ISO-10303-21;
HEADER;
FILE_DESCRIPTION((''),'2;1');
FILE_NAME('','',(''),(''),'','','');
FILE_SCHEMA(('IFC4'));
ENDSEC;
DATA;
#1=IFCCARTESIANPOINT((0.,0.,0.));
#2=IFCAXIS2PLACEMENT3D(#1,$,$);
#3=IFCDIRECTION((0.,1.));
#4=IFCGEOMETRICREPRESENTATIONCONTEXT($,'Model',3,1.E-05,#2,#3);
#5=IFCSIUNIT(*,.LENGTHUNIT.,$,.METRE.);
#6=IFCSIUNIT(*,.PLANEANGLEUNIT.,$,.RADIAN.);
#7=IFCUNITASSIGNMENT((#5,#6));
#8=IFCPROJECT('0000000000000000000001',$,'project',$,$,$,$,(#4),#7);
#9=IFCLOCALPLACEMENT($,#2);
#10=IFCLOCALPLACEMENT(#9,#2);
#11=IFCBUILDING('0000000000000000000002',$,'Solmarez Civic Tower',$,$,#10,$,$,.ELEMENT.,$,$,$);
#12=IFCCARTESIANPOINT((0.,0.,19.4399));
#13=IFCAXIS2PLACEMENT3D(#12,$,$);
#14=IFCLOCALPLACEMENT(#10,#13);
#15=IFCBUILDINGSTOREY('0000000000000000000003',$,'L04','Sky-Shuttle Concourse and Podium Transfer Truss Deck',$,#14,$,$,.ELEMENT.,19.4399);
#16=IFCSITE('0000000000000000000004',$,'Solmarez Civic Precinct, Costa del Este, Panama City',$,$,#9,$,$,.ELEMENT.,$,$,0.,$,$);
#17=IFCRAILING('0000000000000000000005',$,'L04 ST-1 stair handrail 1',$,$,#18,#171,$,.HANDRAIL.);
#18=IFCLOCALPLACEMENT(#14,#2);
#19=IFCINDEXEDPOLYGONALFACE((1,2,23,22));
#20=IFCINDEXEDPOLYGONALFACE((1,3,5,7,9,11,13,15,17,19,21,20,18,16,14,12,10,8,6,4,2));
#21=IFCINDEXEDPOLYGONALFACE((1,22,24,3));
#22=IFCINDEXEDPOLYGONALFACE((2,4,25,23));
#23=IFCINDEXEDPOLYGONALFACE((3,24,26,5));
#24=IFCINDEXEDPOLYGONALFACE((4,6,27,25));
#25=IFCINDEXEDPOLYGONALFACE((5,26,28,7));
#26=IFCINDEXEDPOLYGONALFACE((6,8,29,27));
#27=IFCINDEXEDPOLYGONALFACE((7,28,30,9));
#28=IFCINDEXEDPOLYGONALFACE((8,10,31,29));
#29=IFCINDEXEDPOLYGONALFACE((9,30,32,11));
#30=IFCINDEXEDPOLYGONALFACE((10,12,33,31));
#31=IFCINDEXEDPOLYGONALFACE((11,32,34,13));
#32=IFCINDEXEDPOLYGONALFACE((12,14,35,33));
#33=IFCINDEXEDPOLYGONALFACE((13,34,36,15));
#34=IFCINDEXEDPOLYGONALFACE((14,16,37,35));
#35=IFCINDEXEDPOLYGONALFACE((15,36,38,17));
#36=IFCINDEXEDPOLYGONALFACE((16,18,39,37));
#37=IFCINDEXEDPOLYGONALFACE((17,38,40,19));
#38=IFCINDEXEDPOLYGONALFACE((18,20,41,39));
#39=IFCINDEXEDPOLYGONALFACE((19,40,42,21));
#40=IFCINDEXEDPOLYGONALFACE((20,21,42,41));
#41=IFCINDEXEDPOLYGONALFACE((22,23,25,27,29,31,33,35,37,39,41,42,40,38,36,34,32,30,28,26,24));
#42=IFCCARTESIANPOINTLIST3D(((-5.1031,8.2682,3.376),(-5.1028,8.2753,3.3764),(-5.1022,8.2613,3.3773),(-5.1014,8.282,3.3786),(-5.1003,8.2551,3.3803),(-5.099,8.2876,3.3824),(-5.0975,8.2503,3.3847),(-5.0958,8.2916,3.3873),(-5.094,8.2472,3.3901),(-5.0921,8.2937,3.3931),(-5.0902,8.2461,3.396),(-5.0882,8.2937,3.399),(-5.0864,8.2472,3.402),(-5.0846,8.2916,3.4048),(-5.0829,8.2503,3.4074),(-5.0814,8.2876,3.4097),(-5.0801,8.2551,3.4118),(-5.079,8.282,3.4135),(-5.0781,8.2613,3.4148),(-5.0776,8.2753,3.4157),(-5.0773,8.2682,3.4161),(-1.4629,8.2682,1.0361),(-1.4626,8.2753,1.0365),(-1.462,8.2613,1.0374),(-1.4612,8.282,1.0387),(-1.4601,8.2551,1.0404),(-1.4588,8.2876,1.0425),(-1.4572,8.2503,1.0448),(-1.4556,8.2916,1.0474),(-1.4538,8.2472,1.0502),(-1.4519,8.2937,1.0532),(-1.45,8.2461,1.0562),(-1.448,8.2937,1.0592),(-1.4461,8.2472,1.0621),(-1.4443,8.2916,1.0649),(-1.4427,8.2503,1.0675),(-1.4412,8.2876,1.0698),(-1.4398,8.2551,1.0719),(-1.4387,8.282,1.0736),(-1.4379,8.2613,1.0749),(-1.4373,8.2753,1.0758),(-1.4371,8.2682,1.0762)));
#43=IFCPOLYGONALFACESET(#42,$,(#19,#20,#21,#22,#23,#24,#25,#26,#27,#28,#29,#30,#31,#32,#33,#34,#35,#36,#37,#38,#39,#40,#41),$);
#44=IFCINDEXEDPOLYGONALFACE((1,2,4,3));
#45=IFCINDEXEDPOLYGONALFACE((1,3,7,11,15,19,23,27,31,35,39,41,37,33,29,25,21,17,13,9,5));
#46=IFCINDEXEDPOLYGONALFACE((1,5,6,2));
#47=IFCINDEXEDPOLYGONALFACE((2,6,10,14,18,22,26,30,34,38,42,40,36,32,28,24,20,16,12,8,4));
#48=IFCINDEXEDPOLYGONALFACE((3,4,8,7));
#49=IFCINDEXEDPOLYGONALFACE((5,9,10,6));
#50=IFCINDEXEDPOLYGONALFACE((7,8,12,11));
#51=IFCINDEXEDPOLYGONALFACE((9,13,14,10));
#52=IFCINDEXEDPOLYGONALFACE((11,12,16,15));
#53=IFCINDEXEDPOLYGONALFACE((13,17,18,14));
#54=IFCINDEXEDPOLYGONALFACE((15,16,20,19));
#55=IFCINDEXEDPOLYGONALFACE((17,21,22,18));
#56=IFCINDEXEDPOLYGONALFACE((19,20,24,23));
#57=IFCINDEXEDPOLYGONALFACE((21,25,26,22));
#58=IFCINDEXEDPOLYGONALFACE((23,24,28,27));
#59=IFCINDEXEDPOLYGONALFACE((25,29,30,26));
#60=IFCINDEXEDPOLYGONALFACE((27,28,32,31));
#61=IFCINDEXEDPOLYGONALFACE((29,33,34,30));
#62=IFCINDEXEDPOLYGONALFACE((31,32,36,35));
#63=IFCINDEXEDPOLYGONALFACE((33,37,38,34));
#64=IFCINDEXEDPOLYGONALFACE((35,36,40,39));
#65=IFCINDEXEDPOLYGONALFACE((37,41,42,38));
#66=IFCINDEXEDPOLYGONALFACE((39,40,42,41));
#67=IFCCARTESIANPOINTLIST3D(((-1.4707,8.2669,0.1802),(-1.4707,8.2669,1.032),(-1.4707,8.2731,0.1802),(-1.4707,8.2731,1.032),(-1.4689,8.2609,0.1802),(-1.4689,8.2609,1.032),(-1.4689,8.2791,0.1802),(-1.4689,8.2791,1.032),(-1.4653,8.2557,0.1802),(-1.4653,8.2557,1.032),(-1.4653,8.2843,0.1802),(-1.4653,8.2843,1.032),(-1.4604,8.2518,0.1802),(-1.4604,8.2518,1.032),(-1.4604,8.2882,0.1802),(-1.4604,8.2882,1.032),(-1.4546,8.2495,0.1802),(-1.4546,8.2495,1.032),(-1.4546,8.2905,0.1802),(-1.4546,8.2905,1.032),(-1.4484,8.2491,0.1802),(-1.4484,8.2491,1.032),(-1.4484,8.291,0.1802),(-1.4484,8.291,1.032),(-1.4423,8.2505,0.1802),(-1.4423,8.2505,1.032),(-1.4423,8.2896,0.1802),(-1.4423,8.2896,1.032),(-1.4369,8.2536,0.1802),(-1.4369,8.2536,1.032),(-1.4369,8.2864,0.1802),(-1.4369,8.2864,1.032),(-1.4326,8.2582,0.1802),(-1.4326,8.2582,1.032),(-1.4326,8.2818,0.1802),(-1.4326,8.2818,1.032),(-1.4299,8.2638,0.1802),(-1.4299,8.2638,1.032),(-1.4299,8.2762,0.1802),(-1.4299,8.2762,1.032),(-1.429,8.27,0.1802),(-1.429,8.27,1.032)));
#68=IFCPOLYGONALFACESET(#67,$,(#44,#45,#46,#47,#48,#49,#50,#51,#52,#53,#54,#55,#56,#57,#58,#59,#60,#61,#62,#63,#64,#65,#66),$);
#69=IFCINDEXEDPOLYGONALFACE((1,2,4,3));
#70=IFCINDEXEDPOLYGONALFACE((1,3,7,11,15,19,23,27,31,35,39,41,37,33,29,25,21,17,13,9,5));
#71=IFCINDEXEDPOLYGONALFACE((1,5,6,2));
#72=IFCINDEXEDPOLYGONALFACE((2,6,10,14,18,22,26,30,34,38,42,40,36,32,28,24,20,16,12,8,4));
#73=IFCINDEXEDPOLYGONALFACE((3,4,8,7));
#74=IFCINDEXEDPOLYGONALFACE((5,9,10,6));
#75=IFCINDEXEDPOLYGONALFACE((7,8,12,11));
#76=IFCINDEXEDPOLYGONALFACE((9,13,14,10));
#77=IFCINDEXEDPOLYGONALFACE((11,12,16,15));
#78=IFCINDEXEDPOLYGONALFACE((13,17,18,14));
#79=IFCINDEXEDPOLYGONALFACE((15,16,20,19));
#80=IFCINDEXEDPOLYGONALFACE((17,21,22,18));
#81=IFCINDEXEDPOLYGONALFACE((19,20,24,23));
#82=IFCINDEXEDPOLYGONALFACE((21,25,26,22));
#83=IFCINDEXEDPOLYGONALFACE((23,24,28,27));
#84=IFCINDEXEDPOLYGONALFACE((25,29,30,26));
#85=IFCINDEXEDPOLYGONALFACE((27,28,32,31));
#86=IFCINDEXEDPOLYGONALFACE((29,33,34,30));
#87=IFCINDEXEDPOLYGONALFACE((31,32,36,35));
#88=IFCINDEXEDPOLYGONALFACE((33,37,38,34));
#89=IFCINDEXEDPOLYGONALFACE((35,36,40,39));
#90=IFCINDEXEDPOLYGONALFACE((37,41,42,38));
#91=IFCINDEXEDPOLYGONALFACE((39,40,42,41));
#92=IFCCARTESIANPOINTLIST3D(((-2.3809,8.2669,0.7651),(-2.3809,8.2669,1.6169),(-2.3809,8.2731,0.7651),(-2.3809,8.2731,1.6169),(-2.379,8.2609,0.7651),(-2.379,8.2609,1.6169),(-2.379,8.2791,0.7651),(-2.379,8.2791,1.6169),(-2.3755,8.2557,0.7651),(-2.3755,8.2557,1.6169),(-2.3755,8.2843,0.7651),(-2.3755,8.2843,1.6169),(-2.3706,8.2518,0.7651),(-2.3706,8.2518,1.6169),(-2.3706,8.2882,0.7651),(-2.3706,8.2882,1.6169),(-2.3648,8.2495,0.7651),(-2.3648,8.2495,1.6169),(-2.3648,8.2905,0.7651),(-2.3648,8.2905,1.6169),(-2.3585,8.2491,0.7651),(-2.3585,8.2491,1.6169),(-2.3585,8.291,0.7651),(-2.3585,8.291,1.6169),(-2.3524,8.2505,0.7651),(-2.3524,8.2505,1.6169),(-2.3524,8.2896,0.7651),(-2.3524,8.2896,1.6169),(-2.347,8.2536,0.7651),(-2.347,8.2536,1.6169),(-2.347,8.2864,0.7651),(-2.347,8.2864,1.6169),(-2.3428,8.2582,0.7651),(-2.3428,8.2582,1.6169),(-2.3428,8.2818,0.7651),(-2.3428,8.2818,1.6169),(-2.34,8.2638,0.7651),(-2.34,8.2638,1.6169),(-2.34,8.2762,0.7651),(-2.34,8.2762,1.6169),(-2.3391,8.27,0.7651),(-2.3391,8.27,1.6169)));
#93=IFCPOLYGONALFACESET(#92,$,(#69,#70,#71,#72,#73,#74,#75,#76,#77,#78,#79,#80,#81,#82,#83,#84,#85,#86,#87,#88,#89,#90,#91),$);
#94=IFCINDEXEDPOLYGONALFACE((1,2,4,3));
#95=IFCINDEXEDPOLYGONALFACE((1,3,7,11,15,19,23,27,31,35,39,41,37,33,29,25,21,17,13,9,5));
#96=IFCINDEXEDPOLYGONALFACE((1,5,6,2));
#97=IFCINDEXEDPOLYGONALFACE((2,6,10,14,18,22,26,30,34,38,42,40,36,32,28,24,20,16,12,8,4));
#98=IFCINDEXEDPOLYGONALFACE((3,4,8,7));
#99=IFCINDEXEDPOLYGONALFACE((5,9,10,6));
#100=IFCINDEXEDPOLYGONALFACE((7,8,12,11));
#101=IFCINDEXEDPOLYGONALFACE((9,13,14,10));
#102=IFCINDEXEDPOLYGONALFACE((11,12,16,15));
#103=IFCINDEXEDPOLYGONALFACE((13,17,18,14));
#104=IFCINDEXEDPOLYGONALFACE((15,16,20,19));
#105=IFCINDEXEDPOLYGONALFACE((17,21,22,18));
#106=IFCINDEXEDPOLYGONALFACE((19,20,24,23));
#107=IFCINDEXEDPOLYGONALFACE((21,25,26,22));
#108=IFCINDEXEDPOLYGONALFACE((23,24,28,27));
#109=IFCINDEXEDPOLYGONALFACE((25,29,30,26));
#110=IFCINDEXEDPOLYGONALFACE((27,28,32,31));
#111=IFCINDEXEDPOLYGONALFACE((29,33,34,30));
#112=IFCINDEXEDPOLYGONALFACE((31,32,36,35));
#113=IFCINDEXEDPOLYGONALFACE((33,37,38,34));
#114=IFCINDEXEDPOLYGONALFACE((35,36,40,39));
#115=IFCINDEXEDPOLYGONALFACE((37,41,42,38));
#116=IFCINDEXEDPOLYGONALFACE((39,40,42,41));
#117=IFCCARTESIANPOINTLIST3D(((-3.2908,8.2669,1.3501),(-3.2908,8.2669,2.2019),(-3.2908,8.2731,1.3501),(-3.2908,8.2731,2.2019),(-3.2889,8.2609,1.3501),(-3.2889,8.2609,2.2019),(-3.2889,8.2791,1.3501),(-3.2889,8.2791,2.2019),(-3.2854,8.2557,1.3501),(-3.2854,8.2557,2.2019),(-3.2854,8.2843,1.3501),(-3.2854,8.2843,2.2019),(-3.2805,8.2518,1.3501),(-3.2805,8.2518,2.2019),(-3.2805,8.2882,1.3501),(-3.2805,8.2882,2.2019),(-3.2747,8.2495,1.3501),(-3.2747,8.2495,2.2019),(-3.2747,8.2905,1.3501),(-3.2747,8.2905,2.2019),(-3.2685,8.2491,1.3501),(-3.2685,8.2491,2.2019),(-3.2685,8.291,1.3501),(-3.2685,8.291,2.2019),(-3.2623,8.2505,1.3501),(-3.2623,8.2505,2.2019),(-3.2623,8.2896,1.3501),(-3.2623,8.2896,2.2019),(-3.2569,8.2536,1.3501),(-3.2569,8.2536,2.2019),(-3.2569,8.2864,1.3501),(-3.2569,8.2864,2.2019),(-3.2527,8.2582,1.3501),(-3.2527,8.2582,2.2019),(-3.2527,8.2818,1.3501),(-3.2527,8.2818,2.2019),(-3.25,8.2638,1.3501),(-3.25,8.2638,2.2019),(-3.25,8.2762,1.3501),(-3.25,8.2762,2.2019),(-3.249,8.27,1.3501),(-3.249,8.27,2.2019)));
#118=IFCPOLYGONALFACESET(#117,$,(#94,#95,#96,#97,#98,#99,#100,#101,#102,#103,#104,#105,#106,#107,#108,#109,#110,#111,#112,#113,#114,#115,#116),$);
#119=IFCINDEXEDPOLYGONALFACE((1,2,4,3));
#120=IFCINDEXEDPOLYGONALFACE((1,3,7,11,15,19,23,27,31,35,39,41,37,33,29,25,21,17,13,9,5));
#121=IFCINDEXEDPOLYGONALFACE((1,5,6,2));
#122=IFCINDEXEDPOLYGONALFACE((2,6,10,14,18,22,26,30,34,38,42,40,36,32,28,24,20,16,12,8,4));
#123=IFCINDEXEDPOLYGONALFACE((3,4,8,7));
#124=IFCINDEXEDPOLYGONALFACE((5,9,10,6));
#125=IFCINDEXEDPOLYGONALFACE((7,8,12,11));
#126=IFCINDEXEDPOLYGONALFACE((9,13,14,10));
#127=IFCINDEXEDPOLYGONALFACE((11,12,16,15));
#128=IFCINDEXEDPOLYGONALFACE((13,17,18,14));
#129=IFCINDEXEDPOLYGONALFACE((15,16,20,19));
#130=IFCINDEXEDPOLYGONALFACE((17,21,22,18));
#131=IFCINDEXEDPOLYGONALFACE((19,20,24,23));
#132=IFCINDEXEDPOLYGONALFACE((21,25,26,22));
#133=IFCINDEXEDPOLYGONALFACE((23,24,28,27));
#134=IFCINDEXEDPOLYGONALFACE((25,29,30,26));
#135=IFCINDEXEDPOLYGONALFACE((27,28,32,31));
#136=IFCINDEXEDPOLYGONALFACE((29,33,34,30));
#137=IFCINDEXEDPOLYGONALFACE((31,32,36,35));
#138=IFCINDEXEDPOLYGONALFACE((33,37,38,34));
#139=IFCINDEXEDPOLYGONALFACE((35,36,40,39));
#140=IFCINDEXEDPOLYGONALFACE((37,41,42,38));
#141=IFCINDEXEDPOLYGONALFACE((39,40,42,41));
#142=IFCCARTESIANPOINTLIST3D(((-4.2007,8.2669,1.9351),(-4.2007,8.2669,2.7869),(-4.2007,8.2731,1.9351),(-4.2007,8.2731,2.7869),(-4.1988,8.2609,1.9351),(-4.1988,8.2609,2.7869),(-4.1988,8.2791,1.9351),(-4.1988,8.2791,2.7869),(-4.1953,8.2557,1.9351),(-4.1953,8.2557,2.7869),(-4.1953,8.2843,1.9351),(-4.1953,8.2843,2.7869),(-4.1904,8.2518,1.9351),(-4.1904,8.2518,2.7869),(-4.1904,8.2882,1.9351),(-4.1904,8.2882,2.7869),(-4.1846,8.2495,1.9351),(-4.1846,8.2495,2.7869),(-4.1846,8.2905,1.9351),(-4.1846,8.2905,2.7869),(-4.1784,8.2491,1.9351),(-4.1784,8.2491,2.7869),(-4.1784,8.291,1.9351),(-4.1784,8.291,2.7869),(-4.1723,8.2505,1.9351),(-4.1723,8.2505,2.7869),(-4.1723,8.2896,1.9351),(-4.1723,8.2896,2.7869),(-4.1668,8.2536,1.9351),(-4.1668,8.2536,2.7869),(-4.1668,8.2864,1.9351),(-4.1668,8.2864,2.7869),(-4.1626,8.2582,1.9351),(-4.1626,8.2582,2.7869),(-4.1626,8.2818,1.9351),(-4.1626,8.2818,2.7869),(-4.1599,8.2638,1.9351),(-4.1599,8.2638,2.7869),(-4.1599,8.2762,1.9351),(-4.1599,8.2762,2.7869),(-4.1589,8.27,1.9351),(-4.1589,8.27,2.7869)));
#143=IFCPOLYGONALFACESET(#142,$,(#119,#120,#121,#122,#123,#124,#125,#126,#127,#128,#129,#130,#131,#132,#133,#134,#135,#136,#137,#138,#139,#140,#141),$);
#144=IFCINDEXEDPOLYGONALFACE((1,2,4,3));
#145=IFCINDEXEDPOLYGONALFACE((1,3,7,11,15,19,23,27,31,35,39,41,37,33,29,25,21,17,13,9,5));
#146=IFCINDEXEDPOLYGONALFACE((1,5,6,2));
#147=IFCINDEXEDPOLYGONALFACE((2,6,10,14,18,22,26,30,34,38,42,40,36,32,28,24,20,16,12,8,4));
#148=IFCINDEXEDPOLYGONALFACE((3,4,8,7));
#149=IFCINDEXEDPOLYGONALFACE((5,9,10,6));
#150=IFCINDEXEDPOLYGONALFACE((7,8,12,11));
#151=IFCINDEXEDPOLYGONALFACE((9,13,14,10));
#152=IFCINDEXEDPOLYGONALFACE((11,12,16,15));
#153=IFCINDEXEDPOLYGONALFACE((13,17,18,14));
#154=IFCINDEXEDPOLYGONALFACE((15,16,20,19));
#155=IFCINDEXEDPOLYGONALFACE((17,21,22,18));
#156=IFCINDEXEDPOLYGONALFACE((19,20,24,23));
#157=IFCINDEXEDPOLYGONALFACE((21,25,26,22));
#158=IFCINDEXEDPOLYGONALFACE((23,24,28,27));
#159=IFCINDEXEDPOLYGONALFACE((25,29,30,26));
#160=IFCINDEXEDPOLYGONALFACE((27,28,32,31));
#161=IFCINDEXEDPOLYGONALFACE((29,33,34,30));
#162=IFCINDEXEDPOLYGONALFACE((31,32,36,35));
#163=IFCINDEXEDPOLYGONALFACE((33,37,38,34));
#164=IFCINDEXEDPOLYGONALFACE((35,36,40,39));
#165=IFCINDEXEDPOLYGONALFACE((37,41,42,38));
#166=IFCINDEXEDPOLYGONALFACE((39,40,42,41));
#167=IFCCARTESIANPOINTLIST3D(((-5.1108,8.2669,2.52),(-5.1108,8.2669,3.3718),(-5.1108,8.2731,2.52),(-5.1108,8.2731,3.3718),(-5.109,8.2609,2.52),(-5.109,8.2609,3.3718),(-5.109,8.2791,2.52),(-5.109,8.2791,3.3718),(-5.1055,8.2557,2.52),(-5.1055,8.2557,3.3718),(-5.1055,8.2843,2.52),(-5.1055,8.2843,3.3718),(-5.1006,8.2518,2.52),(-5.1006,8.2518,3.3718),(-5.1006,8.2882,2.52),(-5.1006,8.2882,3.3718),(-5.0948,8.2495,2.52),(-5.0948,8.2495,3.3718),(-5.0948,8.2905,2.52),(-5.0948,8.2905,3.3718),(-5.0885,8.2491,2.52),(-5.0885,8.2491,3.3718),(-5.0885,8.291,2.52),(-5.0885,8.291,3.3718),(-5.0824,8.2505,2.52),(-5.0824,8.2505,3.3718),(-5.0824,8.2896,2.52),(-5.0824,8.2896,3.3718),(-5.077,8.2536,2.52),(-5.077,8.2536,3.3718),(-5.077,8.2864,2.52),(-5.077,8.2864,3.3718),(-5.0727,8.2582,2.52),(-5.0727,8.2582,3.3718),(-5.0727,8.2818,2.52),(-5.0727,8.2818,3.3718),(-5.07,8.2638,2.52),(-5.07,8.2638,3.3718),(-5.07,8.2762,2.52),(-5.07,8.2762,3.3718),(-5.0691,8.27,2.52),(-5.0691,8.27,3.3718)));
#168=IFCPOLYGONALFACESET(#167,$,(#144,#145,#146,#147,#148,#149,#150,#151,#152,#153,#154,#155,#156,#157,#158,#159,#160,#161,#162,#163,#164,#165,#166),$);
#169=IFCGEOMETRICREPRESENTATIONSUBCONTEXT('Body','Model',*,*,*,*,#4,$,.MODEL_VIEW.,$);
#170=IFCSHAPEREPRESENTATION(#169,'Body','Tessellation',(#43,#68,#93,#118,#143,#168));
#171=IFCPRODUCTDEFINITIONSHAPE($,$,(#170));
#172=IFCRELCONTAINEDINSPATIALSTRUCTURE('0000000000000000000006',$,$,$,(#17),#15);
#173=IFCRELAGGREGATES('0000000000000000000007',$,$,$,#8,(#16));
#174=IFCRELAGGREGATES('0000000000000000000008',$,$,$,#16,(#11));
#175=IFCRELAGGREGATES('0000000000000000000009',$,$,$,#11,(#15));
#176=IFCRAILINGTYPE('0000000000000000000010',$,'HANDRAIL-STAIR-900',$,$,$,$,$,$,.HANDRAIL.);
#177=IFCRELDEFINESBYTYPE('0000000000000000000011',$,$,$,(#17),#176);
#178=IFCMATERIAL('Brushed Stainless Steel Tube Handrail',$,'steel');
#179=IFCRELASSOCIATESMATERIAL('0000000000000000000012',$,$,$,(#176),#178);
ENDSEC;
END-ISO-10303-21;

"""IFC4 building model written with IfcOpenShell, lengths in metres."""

from ifc_helpers import new_model, si_unit, direction, frame, origin, origin_2d, place, context, subcontext, project, spatial, circle, extrude, material, type_object, element, save


model = new_model("IFC4")

# Units and contexts
model_context = context("Model", 3, precision=1e-05, world=origin(), true_north=direction((0.0, 1.0)))
body_context = subcontext(model_context, "Body", "Model", "MODEL_VIEW")
ifc_project = project(units=[si_unit("LENGTHUNIT", "METRE"), si_unit("PLANEANGLEUNIT", "RADIAN")], contexts=[model_context])

# Site, building, storey
site_placement = place(None, origin())
site = spatial("IfcSite", under=ifc_project, at=site_placement, Name="Solmarez Civic Precinct, Costa del Este, Panama City", CompositionType="ELEMENT", RefElevation=0.0)
building_placement = place(site_placement, origin())
building = spatial("IfcBuilding", under=site, at=building_placement, Name="Solmarez Civic Tower", CompositionType="ELEMENT")
storey_placement = place(building_placement, frame((0.0, 0.0, 19.4399)))
storey = spatial("IfcBuildingStorey", under=building, at=storey_placement, Name="L04", Description="Sky-Shuttle Concourse and Podium Transfer Truss Deck", CompositionType="ELEMENT", Elevation=19.4399)

# Railing
ifc_material_1 = material(Name="Brushed Stainless Steel Tube Handrail", Category="steel")
railing_type_1 = type_object("IfcRailingType", Name="HANDRAIL-STAIR-900", PredefinedType="HANDRAIL", material=ifc_material_1)
railing_1_placement = place(storey_placement, frame((-1.45, 8.27, 0.1802)))
element("IfcRailing", 1, at=railing_1_placement, inside=storey, type_object=railing_type_1, Name="L04 ST-1 stair handrail 1", PredefinedType="HANDRAIL", context=body_context, shape_type="SweptSolid", body=[
    extrude(circle(Radius=0.0239, at=origin_2d()), frame((0.0, 0.0, 0.876), z_axis=(-0.841204, 0.0, 0.540718), x_axis=(0.0, -1.0, 0.0)), (0.0, 0.0, 1.0), 4.3274),
    extrude(circle(Radius=0.021, at=origin_2d()), origin(), (0.0, 0.0, 1.0), 0.8518),
    extrude(circle(Radius=0.021, at=origin_2d()), frame((-0.9102, 0.0, 0.585)), (0.0, 0.0, 1.0), 0.8518),
    extrude(circle(Radius=0.021, at=origin_2d()), frame((-1.8201, 0.0, 1.1699)), (0.0, 0.0, 1.0), 0.8518),
    extrude(circle(Radius=0.021, at=origin_2d()), frame((-2.73, 0.0, 1.7549)), (0.0, 0.0, 1.0), 0.8518),
    extrude(circle(Radius=0.021, at=origin_2d()), frame((-3.6401, 0.0, 2.3398)), (0.0, 0.0, 1.0), 0.8518),
])

save(model, "model.ifc")
